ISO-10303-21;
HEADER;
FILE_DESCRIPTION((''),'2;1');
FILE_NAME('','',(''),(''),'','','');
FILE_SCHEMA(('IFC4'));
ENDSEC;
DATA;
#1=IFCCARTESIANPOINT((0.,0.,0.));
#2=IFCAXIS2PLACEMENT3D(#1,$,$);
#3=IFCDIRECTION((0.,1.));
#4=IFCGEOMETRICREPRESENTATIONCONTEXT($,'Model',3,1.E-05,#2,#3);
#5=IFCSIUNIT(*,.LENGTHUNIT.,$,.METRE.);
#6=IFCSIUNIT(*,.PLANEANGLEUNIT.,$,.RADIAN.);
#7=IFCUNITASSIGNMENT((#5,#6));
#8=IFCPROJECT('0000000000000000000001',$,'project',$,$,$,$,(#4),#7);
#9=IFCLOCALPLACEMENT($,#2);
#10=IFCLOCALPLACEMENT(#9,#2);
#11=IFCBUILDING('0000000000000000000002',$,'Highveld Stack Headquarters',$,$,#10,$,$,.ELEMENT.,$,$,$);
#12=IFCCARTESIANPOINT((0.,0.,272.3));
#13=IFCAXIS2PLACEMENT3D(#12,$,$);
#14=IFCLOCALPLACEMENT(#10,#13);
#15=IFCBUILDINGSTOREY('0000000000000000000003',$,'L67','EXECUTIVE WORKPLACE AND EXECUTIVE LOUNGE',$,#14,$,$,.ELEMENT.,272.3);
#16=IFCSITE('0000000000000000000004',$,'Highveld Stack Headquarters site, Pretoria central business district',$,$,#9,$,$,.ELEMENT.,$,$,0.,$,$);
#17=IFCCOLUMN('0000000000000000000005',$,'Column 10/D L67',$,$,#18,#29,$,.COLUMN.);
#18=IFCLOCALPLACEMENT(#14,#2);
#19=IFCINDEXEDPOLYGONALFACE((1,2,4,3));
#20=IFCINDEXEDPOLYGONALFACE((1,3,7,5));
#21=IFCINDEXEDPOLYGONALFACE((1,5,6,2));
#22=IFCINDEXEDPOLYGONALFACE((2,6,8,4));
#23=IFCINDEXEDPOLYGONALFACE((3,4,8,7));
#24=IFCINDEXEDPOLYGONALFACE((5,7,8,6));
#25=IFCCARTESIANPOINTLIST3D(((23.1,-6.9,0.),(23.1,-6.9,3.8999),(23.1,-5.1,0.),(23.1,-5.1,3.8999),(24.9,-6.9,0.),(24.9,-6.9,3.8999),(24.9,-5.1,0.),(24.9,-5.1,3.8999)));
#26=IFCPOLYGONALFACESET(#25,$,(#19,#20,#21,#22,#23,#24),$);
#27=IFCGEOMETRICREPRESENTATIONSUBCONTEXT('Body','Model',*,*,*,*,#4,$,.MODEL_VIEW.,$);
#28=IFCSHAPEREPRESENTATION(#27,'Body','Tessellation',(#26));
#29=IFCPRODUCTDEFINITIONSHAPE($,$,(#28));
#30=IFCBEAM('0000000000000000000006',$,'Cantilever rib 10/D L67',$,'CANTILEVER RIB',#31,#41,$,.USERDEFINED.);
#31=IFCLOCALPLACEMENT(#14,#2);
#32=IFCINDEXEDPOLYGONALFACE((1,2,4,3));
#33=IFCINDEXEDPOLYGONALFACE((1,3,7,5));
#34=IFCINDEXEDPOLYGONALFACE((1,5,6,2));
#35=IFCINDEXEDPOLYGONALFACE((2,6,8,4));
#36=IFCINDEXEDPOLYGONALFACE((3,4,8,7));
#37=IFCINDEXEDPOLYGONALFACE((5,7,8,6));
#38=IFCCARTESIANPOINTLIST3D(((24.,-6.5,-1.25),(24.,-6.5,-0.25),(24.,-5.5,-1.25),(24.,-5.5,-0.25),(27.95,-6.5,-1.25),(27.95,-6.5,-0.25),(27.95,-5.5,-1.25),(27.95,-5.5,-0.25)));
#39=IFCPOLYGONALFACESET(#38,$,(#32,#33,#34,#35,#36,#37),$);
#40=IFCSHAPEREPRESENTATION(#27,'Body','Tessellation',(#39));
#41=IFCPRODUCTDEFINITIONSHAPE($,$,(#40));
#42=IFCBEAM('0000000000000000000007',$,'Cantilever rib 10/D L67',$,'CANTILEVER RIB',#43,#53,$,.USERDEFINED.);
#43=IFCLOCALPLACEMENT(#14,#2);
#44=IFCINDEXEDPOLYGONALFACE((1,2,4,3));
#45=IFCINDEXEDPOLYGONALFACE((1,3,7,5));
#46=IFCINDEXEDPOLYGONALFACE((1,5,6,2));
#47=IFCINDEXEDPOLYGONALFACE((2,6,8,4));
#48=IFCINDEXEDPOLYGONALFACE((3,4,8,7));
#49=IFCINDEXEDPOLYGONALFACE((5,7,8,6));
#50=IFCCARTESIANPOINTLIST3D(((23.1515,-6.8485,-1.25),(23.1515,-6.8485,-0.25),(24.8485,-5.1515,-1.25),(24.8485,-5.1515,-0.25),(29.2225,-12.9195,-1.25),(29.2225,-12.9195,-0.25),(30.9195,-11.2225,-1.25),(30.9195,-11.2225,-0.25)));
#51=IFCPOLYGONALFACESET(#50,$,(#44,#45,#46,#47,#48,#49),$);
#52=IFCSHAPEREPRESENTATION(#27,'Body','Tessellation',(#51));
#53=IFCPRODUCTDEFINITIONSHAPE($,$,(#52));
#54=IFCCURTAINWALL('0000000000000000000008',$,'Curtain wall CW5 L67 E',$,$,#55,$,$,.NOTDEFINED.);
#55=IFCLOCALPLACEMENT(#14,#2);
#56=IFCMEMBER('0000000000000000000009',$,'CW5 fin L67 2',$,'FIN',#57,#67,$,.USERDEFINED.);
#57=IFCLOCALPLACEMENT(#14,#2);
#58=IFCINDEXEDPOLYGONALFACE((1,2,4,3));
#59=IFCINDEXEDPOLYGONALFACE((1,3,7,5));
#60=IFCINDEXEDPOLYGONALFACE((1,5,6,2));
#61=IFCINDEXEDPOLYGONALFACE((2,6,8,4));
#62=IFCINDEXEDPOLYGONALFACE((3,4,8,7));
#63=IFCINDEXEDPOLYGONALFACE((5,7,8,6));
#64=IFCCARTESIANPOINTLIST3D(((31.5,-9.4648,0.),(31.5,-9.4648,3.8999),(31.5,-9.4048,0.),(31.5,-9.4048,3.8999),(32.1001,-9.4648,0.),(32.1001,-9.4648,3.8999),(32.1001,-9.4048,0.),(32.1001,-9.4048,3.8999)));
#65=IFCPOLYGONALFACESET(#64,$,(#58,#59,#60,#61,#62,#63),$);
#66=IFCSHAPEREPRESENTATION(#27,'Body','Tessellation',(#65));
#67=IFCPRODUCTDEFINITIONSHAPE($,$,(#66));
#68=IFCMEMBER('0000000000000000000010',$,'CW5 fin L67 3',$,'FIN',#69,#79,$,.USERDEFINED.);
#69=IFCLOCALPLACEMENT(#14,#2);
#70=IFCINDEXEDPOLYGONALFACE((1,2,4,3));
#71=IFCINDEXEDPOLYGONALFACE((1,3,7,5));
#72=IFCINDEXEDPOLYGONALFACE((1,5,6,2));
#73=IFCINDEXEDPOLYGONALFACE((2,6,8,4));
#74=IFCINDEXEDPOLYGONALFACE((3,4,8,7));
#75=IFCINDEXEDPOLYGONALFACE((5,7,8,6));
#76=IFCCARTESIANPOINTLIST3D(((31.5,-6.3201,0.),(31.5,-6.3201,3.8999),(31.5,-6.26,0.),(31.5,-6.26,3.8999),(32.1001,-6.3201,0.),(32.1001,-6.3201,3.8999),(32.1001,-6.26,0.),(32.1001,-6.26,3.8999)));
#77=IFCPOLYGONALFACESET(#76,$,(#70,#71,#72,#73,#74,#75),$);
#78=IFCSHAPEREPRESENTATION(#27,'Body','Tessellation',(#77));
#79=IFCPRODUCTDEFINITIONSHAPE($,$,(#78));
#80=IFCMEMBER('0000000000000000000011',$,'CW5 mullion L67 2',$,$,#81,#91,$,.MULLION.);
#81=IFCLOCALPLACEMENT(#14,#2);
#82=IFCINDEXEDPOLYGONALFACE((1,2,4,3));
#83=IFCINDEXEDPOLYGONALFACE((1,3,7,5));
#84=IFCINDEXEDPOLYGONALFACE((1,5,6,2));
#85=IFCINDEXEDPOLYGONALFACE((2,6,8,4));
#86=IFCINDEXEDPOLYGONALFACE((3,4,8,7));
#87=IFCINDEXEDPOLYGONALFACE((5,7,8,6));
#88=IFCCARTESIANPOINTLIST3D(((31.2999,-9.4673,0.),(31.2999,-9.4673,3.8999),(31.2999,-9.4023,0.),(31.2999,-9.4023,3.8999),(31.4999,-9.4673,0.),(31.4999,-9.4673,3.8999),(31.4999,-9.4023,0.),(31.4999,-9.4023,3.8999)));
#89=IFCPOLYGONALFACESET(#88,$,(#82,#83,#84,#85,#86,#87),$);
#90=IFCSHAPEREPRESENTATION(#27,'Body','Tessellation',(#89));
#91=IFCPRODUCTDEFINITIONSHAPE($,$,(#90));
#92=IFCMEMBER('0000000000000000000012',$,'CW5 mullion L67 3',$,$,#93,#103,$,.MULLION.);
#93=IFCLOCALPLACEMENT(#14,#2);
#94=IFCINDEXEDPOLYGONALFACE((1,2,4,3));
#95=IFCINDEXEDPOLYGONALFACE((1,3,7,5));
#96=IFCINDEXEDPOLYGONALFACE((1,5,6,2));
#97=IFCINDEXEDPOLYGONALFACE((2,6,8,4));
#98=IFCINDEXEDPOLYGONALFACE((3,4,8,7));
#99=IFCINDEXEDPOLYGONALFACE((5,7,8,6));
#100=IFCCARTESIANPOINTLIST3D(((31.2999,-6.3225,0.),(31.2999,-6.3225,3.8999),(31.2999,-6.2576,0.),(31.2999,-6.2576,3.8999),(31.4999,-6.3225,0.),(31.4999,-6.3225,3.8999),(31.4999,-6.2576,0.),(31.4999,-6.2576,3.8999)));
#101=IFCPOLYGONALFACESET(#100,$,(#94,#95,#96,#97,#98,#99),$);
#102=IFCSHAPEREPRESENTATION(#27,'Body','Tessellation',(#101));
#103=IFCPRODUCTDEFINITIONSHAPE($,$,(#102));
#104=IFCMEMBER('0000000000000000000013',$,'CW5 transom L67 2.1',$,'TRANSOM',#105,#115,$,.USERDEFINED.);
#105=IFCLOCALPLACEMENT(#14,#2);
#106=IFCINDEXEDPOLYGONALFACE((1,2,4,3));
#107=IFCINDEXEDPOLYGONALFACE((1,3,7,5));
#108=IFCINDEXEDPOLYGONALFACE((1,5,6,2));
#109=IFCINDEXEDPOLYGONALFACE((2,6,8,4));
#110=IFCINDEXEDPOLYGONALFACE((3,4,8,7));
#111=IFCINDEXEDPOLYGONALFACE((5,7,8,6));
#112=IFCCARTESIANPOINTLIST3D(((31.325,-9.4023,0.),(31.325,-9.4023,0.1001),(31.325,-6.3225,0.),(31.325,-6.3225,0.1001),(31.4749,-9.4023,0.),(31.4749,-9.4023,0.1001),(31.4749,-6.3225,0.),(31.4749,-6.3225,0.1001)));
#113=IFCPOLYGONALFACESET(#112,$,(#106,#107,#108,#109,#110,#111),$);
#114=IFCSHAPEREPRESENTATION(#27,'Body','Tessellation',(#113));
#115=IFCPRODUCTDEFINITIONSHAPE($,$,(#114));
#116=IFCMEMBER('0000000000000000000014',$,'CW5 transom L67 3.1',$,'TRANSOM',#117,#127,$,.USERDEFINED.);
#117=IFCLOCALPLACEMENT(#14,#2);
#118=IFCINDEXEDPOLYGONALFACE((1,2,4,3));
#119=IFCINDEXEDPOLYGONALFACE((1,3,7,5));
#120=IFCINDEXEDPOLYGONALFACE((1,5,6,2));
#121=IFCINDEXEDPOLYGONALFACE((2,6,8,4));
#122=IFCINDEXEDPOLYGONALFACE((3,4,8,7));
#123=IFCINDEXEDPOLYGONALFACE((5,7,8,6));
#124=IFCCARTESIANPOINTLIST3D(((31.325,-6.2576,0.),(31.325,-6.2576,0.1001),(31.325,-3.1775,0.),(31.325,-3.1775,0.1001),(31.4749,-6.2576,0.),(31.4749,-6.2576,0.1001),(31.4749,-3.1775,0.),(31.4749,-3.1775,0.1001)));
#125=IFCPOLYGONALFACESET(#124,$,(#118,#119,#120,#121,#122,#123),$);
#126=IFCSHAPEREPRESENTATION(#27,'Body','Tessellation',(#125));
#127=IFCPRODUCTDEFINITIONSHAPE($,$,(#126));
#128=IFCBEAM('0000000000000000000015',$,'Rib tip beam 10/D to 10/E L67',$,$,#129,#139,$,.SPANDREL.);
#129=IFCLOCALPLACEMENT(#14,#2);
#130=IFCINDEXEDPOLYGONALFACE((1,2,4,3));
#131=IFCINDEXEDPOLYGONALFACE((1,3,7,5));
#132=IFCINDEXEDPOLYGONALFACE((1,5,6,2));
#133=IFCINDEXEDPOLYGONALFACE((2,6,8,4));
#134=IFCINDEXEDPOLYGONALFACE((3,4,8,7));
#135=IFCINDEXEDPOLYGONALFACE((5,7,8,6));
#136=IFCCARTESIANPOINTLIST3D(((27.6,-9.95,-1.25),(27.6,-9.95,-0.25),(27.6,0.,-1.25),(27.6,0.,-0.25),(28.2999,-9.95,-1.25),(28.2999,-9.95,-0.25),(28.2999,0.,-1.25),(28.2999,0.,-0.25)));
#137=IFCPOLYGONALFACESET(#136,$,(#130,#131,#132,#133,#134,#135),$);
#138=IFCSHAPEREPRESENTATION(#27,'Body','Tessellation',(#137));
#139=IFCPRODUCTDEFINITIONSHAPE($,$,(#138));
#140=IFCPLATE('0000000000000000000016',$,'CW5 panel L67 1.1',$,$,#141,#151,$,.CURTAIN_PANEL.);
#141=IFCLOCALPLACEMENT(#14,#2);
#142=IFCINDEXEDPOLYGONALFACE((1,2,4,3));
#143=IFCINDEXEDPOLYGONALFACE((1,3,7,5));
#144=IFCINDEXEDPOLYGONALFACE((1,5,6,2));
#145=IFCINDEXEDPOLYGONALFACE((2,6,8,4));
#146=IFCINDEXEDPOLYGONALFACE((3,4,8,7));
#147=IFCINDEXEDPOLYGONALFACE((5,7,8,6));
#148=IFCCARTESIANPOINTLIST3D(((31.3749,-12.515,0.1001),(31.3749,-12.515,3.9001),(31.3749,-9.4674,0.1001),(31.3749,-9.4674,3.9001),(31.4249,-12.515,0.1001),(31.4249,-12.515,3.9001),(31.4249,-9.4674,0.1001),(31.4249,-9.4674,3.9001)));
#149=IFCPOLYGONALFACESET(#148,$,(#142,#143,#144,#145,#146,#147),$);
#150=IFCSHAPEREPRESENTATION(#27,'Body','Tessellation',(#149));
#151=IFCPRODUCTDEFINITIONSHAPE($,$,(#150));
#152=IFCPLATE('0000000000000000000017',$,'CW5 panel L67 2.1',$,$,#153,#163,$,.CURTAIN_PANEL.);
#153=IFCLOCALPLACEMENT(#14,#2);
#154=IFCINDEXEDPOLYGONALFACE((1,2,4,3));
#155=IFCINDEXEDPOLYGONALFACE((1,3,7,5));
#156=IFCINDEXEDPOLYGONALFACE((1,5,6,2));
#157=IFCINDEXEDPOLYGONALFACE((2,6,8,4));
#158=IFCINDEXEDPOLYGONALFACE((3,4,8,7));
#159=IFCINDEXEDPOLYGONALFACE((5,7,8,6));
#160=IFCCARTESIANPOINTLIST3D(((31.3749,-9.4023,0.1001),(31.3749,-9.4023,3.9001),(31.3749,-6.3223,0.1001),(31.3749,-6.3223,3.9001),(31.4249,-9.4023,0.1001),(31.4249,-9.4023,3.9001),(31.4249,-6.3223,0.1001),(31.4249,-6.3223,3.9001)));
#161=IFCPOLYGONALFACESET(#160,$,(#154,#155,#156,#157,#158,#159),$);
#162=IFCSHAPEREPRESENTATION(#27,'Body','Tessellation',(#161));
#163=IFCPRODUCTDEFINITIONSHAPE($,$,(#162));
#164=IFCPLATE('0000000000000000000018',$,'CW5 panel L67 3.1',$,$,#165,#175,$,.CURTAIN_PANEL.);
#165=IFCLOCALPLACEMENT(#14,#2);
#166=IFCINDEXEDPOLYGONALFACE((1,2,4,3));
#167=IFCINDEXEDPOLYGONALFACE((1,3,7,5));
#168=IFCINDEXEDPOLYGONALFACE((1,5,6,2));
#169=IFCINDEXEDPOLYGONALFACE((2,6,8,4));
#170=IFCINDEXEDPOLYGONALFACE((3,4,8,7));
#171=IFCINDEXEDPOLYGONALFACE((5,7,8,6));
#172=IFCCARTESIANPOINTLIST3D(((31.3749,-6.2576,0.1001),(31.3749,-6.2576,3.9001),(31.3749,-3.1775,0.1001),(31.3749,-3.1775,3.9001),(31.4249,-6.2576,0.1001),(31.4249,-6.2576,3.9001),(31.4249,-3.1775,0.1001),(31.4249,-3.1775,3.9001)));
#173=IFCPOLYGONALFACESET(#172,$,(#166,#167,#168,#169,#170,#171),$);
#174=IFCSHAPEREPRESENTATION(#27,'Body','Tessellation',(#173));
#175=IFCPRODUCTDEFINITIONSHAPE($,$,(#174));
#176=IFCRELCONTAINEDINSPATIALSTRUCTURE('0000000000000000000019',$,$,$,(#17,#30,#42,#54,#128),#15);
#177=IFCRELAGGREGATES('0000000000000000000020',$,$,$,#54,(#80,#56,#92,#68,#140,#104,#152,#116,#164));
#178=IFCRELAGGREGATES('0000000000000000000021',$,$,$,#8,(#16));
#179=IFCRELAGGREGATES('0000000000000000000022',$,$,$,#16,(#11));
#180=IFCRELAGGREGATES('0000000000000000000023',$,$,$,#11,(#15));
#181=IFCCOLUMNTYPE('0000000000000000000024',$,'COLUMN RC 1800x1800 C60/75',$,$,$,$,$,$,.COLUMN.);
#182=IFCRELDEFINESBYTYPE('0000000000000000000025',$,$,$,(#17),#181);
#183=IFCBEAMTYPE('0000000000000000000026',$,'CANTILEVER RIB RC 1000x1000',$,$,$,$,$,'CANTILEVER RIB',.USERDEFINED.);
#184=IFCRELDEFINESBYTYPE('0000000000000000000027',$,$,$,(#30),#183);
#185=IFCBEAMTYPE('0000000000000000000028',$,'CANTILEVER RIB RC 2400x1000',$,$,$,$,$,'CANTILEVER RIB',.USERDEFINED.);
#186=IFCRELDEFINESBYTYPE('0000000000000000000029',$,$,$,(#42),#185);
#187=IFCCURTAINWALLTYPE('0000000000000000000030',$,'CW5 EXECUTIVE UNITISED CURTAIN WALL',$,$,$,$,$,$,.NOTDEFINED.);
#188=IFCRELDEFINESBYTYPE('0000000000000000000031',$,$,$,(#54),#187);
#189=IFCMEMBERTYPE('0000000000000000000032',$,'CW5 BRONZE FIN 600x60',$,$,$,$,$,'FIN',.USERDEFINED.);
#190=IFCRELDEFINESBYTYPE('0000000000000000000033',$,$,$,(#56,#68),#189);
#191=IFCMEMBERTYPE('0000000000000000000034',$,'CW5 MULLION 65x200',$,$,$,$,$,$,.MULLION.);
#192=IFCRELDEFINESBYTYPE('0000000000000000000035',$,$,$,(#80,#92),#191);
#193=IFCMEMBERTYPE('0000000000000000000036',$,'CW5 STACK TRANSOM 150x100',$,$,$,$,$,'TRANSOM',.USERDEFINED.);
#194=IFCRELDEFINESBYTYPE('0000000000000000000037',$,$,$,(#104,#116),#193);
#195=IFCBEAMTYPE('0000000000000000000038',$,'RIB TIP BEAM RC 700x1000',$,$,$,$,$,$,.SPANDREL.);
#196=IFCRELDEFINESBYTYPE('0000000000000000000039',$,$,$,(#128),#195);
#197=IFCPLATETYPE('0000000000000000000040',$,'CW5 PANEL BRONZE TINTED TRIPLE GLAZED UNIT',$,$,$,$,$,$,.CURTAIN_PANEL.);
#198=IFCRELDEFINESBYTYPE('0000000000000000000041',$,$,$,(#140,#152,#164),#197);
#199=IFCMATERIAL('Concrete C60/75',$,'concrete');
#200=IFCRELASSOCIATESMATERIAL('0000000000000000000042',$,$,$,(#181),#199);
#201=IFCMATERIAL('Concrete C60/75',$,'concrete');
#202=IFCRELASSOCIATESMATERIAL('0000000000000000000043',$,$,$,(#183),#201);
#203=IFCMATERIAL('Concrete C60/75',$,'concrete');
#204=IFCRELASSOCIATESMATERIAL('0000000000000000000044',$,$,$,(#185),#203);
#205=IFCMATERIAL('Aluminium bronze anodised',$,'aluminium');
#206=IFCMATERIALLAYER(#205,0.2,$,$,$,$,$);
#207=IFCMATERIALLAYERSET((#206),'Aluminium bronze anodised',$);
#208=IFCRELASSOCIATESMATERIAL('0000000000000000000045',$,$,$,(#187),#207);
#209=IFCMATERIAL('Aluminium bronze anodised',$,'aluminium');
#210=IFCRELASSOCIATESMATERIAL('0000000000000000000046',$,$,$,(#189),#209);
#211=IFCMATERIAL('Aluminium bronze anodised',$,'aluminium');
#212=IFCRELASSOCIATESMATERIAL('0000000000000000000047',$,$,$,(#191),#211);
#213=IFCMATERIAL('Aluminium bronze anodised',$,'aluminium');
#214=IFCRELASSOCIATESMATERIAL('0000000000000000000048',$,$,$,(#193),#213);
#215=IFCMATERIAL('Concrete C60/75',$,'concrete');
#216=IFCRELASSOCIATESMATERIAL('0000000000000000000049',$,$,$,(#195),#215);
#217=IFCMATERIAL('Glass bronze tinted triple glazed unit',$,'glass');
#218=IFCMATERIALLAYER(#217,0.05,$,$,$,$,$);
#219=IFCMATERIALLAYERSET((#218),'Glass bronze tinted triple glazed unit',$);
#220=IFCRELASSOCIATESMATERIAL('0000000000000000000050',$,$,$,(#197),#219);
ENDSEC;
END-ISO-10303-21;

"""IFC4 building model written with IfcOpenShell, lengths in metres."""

from ifc_helpers import new_model, si_unit, direction, frame, origin, origin_2d, place, context, subcontext, project, spatial, rectangle, extrude, material, layer, layer_set, material_profile, profile_set, type_object, element, aggregate, save


model = new_model("IFC4")

# Units and contexts
model_context = context("Model", 3, precision=1e-05, world=origin(), true_north=direction((0.0, 1.0)))
body_context = subcontext(model_context, "Body", "Model", "MODEL_VIEW")
ifc_project = project(units=[si_unit("LENGTHUNIT", "METRE"), si_unit("PLANEANGLEUNIT", "RADIAN")], contexts=[model_context])

# Site, building, storey
site_placement = place(None, origin())
site = spatial("IfcSite", under=ifc_project, at=site_placement, Name="Highveld Stack Headquarters site, Pretoria central business district", CompositionType="ELEMENT", RefElevation=0.0)
building_placement = place(site_placement, origin())
building = spatial("IfcBuilding", under=site, at=building_placement, Name="Highveld Stack Headquarters", CompositionType="ELEMENT")
storey_placement = place(building_placement, frame((0.0, 0.0, 272.3)))
storey = spatial("IfcBuildingStorey", under=building, at=storey_placement, Name="L67", Description="EXECUTIVE WORKPLACE AND EXECUTIVE LOUNGE", CompositionType="ELEMENT", Elevation=272.3)

# Column
ifc_material_1 = material(Name="Concrete C60/75", Category="concrete")
ifc_material_profile_1 = material_profile(ifc_material_1, rectangle(XDim=1.8, YDim=1.8, at=origin_2d()), Name="RC 1800x1800")
ifc_profile_set_1 = profile_set([ifc_material_profile_1], Name="Concrete C60/75")
column_type = type_object("IfcColumnType", Name="COLUMN RC 1800x1800 C60/75", PredefinedType="COLUMN", material=ifc_profile_set_1)
column_placement = place(storey_placement, frame((24.0, -6.0, 0.0), z_axis=(0.0, 0.0, 1.0), x_axis=(1.0, 0.0, 0.0)))
element("IfcColumn", 1, at=column_placement, inside=storey, type_object=column_type, Name="Column 10/D L67", PredefinedType="COLUMN", context=body_context, shape_type="SweptSolid", body=[
    extrude(rectangle(XDim=1.8, YDim=1.8, at=origin_2d()), origin(), (0.0, 0.0, 1.0), 3.8999),
])

# Beams
ifc_material_2 = material(Name="Concrete C60/75", Category="concrete")
ifc_material_profile_2 = material_profile(ifc_material_2, rectangle(XDim=1.0, YDim=1.0, at=origin_2d()), Name="RC 1000x1000")
ifc_profile_set_2 = profile_set([ifc_material_profile_2], Name="Concrete C60/75")
beam_type_1 = type_object("IfcBeamType", Name="CANTILEVER RIB RC 1000x1000", ElementType="CANTILEVER RIB", PredefinedType="USERDEFINED", material=ifc_profile_set_2)
beam_1_placement = place(storey_placement, frame((24.0, -6.0, -0.75), z_axis=(1.0, 0.0, 0.0), x_axis=(0.0, 1.0, 0.0)))
element("IfcBeam", 2, at=beam_1_placement, inside=storey, type_object=beam_type_1, Name="Cantilever rib 10/D L67", ObjectType="CANTILEVER RIB", PredefinedType="USERDEFINED", context=body_context, shape_type="SweptSolid", body=[
    extrude(rectangle(XDim=1.0, YDim=1.0, at=origin_2d()), origin(), (0.0, 0.0, 1.0), 3.95),
])
ifc_material_3 = material(Name="Concrete C60/75", Category="concrete")
ifc_material_profile_3 = material_profile(ifc_material_3, rectangle(XDim=2.3999, YDim=1.0, at=origin_2d()), Name="RC 2400x1000")
ifc_profile_set_3 = profile_set([ifc_material_profile_3], Name="Concrete C60/75")
beam_type_2 = type_object("IfcBeamType", Name="CANTILEVER RIB RC 2400x1000", ElementType="CANTILEVER RIB", PredefinedType="USERDEFINED", material=ifc_profile_set_3)
beam_2_placement = place(storey_placement, frame((24.0, -6.0, -0.75), z_axis=(0.707107, -0.707107, 0.0), x_axis=(0.707107, 0.707107, 0.0)))
element("IfcBeam", 3, at=beam_2_placement, inside=storey, type_object=beam_type_2, Name="Cantilever rib 10/D L67", ObjectType="CANTILEVER RIB", PredefinedType="USERDEFINED", context=body_context, shape_type="SweptSolid", body=[
    extrude(rectangle(XDim=2.3999, YDim=1.0, at=origin_2d()), origin(), (0.0, 0.0, 1.0), 8.5857),
])

# Curtain wall, members
ifc_material_4 = material(Name="Aluminium bronze anodised", Category="aluminium")
ifc_layer_1 = layer(ifc_material_4, 0.2)
ifc_layer_set_1 = layer_set([ifc_layer_1], Name="Aluminium bronze anodised")
curtain_wall_type = type_object("IfcCurtainWallType", Name="CW5 EXECUTIVE UNITISED CURTAIN WALL", PredefinedType="NOTDEFINED", material=ifc_layer_set_1)
curtain_wall_placement = place(storey_placement, origin())
curtain_wall = element("IfcCurtainWall", 4, at=curtain_wall_placement, inside=storey, type_object=curtain_wall_type, Name="Curtain wall CW5 L67 E", PredefinedType="NOTDEFINED")
ifc_material_5 = material(Name="Aluminium bronze anodised", Category="aluminium")
ifc_material_profile_4 = material_profile(ifc_material_5, rectangle(XDim=0.6001, YDim=0.0601, at=origin_2d()), Name="FIN 600x60")
ifc_profile_set_4 = profile_set([ifc_material_profile_4], Name="Aluminium bronze anodised")
member_type_1 = type_object("IfcMemberType", Name="CW5 BRONZE FIN 600x60", ElementType="FIN", PredefinedType="USERDEFINED", material=ifc_profile_set_4)
member_1_placement = place(storey_placement, frame((31.8, -9.4348, 0.0), z_axis=(0.0, 0.0, 1.0), x_axis=(-1.0, 0.0, 0.0)))
member_1 = element("IfcMember", 5, at=member_1_placement, type_object=member_type_1, Name="CW5 fin L67 2", ObjectType="FIN", PredefinedType="USERDEFINED", context=body_context, shape_type="SweptSolid", body=[
    extrude(rectangle(XDim=0.6001, YDim=0.0601, at=origin_2d()), origin(), (0.0, 0.0, 1.0), 3.8999),
])
member_2_placement = place(storey_placement, frame((31.8, -6.29, 0.0), z_axis=(0.0, 0.0, 1.0), x_axis=(-1.0, 0.0, 0.0)))
member_2 = element("IfcMember", 6, at=member_2_placement, type_object=member_type_1, Name="CW5 fin L67 3", ObjectType="FIN", PredefinedType="USERDEFINED", context=body_context, shape_type="SweptSolid", body=[
    extrude(rectangle(XDim=0.6001, YDim=0.0601, at=origin_2d()), origin(), (0.0, 0.0, 1.0), 3.8999),
])
ifc_material_6 = material(Name="Aluminium bronze anodised", Category="aluminium")
ifc_material_profile_5 = material_profile(ifc_material_6, rectangle(XDim=0.2, YDim=0.0649, at=origin_2d()), Name="CW5 MULLION 65x200")
ifc_profile_set_5 = profile_set([ifc_material_profile_5], Name="Aluminium bronze anodised")
member_type_2 = type_object("IfcMemberType", Name="CW5 MULLION 65x200", PredefinedType="MULLION", material=ifc_profile_set_5)
member_3_placement = place(storey_placement, frame((31.3999, -9.4348, 0.0), z_axis=(0.0, 0.0, 1.0), x_axis=(-1.0, 0.0, 0.0)))
member_3 = element("IfcMember", 7, at=member_3_placement, type_object=member_type_2, Name="CW5 mullion L67 2", PredefinedType="MULLION", context=body_context, shape_type="SweptSolid", body=[
    extrude(rectangle(XDim=0.2, YDim=0.0649, at=origin_2d()), origin(), (0.0, 0.0, 1.0), 3.8999),
])
member_4_placement = place(storey_placement, frame((31.3999, -6.29, 0.0), z_axis=(0.0, 0.0, 1.0), x_axis=(-1.0, 0.0, 0.0)))
member_4 = element("IfcMember", 8, at=member_4_placement, type_object=member_type_2, Name="CW5 mullion L67 3", PredefinedType="MULLION", context=body_context, shape_type="SweptSolid", body=[
    extrude(rectangle(XDim=0.2, YDim=0.0649, at=origin_2d()), origin(), (0.0, 0.0, 1.0), 3.8999),
])
ifc_material_7 = material(Name="Aluminium bronze anodised", Category="aluminium")
ifc_material_profile_6 = material_profile(ifc_material_7, rectangle(XDim=0.1499, YDim=0.1001, at=origin_2d()), Name="CW5 TRANSOM 150x100")
ifc_profile_set_6 = profile_set([ifc_material_profile_6], Name="Aluminium bronze anodised")
member_type_3 = type_object("IfcMemberType", Name="CW5 STACK TRANSOM 150x100", ElementType="TRANSOM", PredefinedType="USERDEFINED", material=ifc_profile_set_6)
member_5_placement = place(storey_placement, frame((31.3999, -9.4023, 0.05), z_axis=(0.0, 1.0, 0.0), x_axis=(-1.0, 0.0, 0.0)))
member_5 = element("IfcMember", 9, at=member_5_placement, type_object=member_type_3, Name="CW5 transom L67 2.1", ObjectType="TRANSOM", PredefinedType="USERDEFINED", context=body_context, shape_type="SweptSolid", body=[
    extrude(rectangle(XDim=0.1499, YDim=0.1001, at=origin_2d()), origin(), (0.0, 0.0, 1.0), 3.0798),
])
member_6_placement = place(storey_placement, frame((31.3999, -6.2576, 0.05), z_axis=(0.0, 1.0, 0.0), x_axis=(-1.0, 0.0, 0.0)))
member_6 = element("IfcMember", 10, at=member_6_placement, type_object=member_type_3, Name="CW5 transom L67 3.1", ObjectType="TRANSOM", PredefinedType="USERDEFINED", context=body_context, shape_type="SweptSolid", body=[
    extrude(rectangle(XDim=0.1499, YDim=0.1001, at=origin_2d()), origin(), (0.0, 0.0, 1.0), 3.0801),
])

# Beam
ifc_material_8 = material(Name="Concrete C60/75", Category="concrete")
ifc_material_profile_7 = material_profile(ifc_material_8, rectangle(XDim=0.7, YDim=1.0, at=origin_2d()), Name="RC 700x1000")
ifc_profile_set_7 = profile_set([ifc_material_profile_7], Name="Concrete C60/75")
beam_type_3 = type_object("IfcBeamType", Name="RIB TIP BEAM RC 700x1000", PredefinedType="SPANDREL", material=ifc_profile_set_7)
beam_3_placement = place(storey_placement, frame((27.95, -9.95, -0.75), z_axis=(0.0, 1.0, 0.0), x_axis=(-1.0, 0.0, 0.0)))
element("IfcBeam", 11, at=beam_3_placement, inside=storey, type_object=beam_type_3, Name="Rib tip beam 10/D to 10/E L67", PredefinedType="SPANDREL", context=body_context, shape_type="SweptSolid", body=[
    extrude(rectangle(XDim=0.7, YDim=1.0, at=origin_2d()), origin(), (0.0, 0.0, 1.0), 9.95),
])

# Plates
ifc_material_9 = material(Name="Glass bronze tinted triple glazed unit", Category="glass")
ifc_layer_2 = layer(ifc_material_9, 0.05)
ifc_layer_set_2 = layer_set([ifc_layer_2], Name="Glass bronze tinted triple glazed unit")
plate_type = type_object("IfcPlateType", Name="CW5 PANEL BRONZE TINTED TRIPLE GLAZED UNIT", PredefinedType="CURTAIN_PANEL", material=ifc_layer_set_2)
plate_1_placement = place(storey_placement, frame((31.3999, -10.9912, 0.1001), z_axis=(0.0, 0.0, 1.0), x_axis=(0.0, 1.0, 0.0)))
plate_1 = element("IfcPlate", 12, at=plate_1_placement, type_object=plate_type, Name="CW5 panel L67 1.1", PredefinedType="CURTAIN_PANEL", context=body_context, shape_type="SweptSolid", body=[
    extrude(rectangle(XDim=3.0476, YDim=0.05, at=origin_2d()), origin(), (0.0, 0.0, 1.0), 3.8),
])
plate_2_placement = place(storey_placement, frame((31.3999, -7.8623, 0.1001), z_axis=(0.0, 0.0, 1.0), x_axis=(0.0, 1.0, 0.0)))
plate_2 = element("IfcPlate", 13, at=plate_2_placement, type_object=plate_type, Name="CW5 panel L67 2.1", PredefinedType="CURTAIN_PANEL", context=body_context, shape_type="SweptSolid", body=[
    extrude(rectangle(XDim=3.0801, YDim=0.05, at=origin_2d()), origin(), (0.0, 0.0, 1.0), 3.8),
])
plate_3_placement = place(storey_placement, frame((31.3999, -4.7175, 0.1001), z_axis=(0.0, 0.0, 1.0), x_axis=(0.0, 1.0, 0.0)))
plate_3 = element("IfcPlate", 14, at=plate_3_placement, type_object=plate_type, Name="CW5 panel L67 3.1", PredefinedType="CURTAIN_PANEL", context=body_context, shape_type="SweptSolid", body=[
    extrude(rectangle(XDim=3.0801, YDim=0.05, at=origin_2d()), origin(), (0.0, 0.0, 1.0), 3.8),
])
aggregate(curtain_wall, [member_3, member_1, member_4, member_2, plate_1, member_5, plate_2, member_6, plate_3])

save(model, "model.ifc")
